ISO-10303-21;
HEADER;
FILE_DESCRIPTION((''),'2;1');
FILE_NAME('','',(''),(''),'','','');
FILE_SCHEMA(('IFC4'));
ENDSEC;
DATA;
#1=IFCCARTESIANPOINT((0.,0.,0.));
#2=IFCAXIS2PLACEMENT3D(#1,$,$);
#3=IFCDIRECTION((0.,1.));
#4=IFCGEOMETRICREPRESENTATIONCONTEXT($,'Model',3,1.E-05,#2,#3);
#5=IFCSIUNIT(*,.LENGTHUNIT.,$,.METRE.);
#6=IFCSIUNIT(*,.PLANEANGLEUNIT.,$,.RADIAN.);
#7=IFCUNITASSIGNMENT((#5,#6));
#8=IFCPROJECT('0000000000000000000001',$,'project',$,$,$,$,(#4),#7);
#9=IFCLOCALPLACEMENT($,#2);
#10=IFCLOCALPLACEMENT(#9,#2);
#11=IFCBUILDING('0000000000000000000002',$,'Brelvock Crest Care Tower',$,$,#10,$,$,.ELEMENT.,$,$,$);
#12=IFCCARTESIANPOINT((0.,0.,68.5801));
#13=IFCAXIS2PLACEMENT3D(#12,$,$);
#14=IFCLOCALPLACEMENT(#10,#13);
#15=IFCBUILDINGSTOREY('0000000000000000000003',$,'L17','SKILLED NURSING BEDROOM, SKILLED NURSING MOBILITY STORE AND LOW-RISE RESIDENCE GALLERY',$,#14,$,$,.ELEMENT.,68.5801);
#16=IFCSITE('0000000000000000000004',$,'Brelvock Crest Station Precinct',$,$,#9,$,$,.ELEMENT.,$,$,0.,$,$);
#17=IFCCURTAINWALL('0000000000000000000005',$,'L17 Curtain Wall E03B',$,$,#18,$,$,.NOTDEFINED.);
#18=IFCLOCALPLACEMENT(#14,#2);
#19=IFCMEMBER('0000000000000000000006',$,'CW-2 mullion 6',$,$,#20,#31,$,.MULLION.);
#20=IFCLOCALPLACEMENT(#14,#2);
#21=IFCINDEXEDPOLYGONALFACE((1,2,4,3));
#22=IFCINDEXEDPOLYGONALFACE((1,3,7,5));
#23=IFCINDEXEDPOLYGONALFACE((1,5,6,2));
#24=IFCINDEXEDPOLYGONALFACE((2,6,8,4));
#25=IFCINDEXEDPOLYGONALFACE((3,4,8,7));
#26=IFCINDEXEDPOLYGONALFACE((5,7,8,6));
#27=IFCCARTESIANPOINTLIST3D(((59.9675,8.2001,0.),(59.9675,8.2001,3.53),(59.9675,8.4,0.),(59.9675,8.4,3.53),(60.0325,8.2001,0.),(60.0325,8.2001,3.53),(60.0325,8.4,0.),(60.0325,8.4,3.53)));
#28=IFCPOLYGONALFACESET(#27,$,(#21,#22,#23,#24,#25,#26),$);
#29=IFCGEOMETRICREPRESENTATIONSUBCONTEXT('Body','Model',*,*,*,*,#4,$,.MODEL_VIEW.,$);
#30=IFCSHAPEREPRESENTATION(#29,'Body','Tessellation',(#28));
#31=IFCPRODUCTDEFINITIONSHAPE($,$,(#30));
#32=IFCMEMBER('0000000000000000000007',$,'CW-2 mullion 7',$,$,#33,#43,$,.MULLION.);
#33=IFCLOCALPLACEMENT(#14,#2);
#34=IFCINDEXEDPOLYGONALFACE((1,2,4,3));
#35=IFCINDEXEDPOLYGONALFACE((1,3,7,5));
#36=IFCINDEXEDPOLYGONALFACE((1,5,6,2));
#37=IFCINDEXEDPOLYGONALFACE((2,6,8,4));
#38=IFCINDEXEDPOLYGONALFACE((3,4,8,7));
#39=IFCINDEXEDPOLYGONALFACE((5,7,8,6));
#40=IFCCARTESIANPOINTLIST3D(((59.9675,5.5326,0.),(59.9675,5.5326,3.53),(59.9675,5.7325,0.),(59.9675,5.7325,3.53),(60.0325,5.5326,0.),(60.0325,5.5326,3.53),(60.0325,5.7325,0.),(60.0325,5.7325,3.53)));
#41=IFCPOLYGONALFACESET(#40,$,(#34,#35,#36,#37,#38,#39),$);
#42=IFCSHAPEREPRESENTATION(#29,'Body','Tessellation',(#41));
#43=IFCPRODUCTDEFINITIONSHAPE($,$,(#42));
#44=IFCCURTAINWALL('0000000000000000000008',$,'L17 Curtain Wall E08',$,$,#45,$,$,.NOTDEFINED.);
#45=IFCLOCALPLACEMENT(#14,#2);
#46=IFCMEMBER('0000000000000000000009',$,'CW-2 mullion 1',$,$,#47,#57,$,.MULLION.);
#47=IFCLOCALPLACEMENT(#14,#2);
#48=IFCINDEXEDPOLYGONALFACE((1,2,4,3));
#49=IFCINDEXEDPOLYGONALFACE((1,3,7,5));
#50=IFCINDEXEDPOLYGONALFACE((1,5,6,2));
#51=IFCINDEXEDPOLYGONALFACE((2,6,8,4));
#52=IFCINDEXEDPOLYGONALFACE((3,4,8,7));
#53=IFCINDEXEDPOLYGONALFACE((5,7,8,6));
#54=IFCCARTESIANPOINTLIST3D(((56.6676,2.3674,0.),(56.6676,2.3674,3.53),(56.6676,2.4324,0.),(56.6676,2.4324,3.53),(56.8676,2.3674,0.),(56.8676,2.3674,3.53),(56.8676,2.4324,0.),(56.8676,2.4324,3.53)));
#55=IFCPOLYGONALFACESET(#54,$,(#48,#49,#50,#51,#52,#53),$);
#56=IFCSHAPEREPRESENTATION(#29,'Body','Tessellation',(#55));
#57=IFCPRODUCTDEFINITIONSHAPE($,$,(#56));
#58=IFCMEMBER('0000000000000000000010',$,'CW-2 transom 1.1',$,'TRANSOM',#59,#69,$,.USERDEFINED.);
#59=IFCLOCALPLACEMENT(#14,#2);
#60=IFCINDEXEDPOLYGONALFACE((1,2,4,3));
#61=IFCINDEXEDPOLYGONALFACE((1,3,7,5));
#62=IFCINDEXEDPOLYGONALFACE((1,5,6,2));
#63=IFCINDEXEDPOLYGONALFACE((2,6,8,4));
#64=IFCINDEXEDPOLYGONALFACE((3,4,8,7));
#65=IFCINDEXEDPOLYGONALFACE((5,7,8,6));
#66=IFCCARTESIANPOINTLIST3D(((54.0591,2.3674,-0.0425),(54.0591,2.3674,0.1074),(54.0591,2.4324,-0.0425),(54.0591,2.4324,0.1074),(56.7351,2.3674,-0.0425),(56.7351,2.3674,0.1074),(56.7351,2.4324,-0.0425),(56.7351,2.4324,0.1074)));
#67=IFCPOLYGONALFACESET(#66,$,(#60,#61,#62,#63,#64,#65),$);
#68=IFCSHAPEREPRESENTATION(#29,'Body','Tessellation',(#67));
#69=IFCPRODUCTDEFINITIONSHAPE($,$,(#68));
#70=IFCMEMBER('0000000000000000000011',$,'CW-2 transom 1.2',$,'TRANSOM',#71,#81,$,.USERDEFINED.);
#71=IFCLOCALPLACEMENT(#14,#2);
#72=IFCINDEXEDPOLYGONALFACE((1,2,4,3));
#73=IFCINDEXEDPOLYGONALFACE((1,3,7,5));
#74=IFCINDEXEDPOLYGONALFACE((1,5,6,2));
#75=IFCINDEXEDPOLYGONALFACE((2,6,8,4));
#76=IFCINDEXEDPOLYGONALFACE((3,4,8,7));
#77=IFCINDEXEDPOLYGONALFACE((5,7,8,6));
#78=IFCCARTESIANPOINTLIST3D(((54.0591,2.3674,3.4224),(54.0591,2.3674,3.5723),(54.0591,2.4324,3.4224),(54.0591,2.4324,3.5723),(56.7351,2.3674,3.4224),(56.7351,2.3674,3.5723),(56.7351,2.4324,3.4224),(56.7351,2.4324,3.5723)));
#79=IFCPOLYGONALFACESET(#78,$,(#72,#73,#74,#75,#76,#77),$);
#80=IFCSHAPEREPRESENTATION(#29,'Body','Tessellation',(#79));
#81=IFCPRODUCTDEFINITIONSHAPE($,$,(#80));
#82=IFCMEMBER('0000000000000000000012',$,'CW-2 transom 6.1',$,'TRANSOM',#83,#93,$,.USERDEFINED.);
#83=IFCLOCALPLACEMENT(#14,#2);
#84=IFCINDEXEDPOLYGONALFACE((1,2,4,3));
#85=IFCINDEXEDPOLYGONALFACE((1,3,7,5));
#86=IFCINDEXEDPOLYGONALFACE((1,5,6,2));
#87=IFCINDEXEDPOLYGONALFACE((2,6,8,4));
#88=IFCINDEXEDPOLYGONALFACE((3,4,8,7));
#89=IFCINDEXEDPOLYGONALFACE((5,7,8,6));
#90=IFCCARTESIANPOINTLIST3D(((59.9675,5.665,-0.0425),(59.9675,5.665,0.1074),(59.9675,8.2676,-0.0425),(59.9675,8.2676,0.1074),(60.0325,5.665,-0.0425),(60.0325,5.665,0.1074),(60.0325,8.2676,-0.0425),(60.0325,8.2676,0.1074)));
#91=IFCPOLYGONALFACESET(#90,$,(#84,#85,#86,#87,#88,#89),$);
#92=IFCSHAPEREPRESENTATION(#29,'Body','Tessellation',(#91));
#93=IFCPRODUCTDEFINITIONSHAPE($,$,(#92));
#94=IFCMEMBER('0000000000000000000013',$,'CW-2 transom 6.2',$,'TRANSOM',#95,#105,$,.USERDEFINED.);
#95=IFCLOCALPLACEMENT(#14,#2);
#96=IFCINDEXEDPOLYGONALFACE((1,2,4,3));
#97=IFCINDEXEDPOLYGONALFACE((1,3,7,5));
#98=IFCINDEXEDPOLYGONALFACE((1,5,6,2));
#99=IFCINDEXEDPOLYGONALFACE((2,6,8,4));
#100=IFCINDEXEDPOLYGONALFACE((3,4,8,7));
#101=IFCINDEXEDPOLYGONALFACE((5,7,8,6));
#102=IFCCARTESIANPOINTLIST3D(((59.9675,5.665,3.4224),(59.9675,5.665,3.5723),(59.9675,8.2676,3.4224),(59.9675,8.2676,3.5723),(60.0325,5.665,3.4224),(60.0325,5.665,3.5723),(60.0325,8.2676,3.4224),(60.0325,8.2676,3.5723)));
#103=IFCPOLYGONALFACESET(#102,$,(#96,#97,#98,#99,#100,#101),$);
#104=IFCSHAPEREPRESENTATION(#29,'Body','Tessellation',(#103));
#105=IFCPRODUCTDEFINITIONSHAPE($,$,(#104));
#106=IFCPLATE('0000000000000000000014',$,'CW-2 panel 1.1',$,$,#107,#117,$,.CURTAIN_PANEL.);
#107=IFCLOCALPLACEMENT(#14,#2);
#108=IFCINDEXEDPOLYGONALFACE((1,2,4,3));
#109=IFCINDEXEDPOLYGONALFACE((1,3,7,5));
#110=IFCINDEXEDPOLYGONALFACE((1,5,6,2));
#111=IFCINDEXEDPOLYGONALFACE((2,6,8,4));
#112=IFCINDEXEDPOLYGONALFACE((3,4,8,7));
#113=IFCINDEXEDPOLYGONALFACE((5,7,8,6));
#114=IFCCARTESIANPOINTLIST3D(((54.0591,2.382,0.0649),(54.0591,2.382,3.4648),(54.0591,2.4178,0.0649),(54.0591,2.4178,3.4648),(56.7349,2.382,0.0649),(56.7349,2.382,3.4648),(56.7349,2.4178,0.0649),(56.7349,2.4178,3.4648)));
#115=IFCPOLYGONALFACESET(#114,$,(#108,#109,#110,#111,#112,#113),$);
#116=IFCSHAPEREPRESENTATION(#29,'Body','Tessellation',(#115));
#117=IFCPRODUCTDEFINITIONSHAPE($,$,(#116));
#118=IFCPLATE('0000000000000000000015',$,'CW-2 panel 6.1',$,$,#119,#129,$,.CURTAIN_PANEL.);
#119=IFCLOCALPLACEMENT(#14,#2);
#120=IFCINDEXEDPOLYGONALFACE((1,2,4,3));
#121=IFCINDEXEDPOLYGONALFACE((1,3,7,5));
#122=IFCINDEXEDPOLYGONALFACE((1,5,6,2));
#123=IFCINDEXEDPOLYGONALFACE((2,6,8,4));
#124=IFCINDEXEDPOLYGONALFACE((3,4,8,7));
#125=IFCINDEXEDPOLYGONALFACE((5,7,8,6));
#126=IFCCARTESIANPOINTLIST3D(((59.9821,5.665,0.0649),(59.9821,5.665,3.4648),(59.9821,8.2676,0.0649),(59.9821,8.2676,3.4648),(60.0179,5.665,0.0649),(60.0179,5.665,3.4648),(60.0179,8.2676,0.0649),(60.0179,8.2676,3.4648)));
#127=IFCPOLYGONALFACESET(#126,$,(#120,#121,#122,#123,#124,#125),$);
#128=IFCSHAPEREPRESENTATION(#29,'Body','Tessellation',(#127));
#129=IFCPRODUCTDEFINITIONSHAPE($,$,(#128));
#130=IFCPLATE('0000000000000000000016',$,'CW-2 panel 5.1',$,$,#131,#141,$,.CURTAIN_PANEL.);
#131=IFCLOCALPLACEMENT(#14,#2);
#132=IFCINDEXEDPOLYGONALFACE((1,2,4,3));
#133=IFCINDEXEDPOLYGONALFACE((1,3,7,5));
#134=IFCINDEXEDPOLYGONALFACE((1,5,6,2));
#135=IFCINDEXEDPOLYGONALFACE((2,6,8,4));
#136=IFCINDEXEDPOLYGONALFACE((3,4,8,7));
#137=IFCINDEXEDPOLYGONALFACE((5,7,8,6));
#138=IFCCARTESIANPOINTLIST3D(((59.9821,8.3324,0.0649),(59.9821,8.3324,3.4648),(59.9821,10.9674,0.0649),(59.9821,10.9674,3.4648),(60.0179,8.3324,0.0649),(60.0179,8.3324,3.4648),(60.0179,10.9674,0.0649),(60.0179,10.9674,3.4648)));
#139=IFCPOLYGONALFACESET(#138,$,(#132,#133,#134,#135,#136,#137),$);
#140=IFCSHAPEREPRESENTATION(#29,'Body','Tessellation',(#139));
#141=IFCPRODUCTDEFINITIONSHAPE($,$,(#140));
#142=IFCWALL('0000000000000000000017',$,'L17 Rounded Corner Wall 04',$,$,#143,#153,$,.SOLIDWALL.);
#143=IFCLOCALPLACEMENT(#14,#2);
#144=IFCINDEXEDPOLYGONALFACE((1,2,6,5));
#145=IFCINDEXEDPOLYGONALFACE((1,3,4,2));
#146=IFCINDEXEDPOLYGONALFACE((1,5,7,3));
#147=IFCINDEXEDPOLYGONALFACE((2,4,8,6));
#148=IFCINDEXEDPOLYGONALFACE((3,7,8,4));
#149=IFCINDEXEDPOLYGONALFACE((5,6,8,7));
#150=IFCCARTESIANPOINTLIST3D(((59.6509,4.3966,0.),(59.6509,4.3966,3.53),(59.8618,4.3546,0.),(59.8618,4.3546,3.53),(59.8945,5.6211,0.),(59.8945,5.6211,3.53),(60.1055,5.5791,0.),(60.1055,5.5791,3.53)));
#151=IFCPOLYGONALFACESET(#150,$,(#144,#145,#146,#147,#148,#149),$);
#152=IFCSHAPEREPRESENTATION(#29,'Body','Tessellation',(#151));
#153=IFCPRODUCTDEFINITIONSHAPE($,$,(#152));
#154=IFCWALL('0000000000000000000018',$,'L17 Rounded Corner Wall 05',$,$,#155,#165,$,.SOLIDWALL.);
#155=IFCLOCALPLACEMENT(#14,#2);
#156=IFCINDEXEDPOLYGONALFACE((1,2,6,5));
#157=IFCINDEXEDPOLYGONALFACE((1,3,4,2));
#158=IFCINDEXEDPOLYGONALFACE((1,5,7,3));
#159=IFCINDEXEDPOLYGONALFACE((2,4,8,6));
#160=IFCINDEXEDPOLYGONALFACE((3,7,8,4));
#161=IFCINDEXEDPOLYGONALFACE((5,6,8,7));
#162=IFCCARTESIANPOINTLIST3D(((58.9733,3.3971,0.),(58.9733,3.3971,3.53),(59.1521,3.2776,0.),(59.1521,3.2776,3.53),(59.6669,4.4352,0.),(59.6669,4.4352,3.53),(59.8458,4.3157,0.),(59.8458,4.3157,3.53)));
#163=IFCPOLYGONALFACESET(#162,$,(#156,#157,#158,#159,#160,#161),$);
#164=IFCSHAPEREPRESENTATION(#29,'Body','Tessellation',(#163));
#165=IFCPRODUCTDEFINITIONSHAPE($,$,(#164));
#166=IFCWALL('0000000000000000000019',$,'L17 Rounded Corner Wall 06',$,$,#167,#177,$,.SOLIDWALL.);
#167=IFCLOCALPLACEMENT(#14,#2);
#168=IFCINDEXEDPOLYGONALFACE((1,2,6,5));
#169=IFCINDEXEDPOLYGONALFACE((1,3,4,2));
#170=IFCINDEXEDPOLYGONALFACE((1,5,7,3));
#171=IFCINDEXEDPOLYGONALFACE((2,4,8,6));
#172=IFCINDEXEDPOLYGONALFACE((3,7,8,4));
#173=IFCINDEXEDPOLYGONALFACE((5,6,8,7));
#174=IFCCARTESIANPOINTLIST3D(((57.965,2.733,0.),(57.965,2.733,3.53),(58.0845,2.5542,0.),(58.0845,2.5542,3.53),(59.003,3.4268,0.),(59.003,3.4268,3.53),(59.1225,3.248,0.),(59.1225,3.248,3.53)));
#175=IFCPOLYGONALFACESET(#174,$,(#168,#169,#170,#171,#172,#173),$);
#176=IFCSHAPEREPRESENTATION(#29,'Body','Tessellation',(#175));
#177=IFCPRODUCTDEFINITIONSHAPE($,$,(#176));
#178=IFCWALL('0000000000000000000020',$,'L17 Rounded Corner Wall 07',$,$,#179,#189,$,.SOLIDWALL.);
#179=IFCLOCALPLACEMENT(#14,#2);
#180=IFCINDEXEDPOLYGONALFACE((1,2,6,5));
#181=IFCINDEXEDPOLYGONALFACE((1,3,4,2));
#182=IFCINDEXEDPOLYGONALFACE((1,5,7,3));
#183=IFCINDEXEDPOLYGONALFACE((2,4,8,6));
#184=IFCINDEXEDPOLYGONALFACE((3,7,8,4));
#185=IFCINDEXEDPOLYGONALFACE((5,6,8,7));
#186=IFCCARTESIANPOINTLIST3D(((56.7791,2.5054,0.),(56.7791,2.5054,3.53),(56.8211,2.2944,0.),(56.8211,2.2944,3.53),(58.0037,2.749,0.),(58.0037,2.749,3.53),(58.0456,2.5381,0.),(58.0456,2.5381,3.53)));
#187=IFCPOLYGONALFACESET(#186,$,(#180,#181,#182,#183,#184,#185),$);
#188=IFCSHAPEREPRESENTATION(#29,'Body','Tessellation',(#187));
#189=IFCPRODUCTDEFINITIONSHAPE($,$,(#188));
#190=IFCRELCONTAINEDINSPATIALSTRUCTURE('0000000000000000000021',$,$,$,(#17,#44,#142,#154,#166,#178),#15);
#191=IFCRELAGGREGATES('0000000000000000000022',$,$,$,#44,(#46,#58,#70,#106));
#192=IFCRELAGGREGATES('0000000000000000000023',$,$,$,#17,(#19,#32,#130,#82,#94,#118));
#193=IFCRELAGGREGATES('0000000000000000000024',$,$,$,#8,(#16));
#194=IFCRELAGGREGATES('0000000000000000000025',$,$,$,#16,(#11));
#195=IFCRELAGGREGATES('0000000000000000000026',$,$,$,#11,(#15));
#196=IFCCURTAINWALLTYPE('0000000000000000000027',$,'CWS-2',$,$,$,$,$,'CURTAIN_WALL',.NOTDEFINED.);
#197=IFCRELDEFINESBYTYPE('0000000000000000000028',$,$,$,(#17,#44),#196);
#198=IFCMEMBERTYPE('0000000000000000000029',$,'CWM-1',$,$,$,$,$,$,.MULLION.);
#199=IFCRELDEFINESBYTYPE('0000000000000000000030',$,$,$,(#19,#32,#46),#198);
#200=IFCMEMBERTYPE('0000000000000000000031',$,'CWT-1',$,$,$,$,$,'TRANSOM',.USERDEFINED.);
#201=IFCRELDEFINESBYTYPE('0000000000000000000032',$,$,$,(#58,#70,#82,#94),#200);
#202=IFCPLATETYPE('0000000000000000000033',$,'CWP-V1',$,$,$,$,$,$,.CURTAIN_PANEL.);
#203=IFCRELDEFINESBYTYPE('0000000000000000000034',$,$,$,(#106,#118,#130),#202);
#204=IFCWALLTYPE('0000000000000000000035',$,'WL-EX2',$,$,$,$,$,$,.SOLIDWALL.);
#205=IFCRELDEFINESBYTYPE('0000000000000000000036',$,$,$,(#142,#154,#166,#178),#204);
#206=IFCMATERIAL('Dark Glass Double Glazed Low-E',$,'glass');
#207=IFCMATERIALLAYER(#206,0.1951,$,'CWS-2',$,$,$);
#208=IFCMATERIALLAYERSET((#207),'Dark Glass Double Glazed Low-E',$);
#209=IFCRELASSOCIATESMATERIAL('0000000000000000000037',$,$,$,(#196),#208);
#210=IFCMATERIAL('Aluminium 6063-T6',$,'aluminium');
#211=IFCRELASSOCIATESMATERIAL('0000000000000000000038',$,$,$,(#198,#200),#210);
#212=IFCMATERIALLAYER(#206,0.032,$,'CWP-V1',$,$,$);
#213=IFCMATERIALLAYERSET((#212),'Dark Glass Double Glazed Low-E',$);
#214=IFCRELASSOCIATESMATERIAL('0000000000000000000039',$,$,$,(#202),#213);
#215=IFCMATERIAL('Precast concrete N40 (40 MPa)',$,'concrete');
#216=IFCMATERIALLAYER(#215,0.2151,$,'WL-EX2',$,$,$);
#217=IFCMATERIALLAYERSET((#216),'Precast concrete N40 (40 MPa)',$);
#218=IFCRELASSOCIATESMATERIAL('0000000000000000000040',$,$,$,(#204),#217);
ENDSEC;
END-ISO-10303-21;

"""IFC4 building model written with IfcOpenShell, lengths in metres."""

from ifc_helpers import new_model, si_unit, direction, frame, frame_2d, origin, origin_2d, place, context, subcontext, project, spatial, rectangle, extrude, source, transform, mapped, material, layer, layer_set, material_profile, profile_set, type_object, element, aggregate, save


model = new_model("IFC4")

# Units and contexts
model_context = context("Model", 3, precision=1e-05, world=origin(), true_north=direction((0.0, 1.0)))
body_context = subcontext(model_context, "Body", "Model", "MODEL_VIEW")
ifc_project = project(units=[si_unit("LENGTHUNIT", "METRE"), si_unit("PLANEANGLEUNIT", "RADIAN")], contexts=[model_context])

# Site, building, storey
site_placement = place(None, origin())
site = spatial("IfcSite", under=ifc_project, at=site_placement, Name="Brelvock Crest Station Precinct", CompositionType="ELEMENT", RefElevation=0.0)
building_placement = place(site_placement, origin())
building = spatial("IfcBuilding", under=site, at=building_placement, Name="Brelvock Crest Care Tower", CompositionType="ELEMENT")
storey_placement = place(building_placement, frame((0.0, 0.0, 68.5801)))
storey = spatial("IfcBuildingStorey", under=building, at=storey_placement, Name="L17", Description="SKILLED NURSING BEDROOM, SKILLED NURSING MOBILITY STORE AND LOW-RISE RESIDENCE GALLERY", CompositionType="ELEMENT", Elevation=68.5801)

# Curtain walls, members
ifc_material_1 = material(Name="Dark Glass Double Glazed Low-E", Category="glass")
ifc_layer_1 = layer(ifc_material_1, 0.1951, Name="CWS-2")
ifc_layer_set_1 = layer_set([ifc_layer_1], Name="Dark Glass Double Glazed Low-E")
curtain_wall_type = type_object("IfcCurtainWallType", Name="CWS-2", ElementType="CURTAIN_WALL", PredefinedType="NOTDEFINED", material=ifc_layer_set_1)
curtain_wall_1_placement = place(storey_placement, origin())
curtain_wall_1 = element("IfcCurtainWall", 1, at=curtain_wall_1_placement, inside=storey, type_object=curtain_wall_type, Name="L17 Curtain Wall E03B", PredefinedType="NOTDEFINED")
ifc_material_2 = material(Name="Aluminium 6063-T6", Category="aluminium")
ifc_material_profile_1 = material_profile(ifc_material_2, rectangle(XDim=0.0649, YDim=0.2, at=origin_2d()), Name="ALU65x200")
ifc_profile_set_1 = profile_set([ifc_material_profile_1], Name="Aluminium 6063-T6")
member_type_1 = type_object("IfcMemberType", Name="CWM-1", PredefinedType="MULLION", material=ifc_profile_set_1)
shared_shape_1 = source(origin(), body_context, "Body", "SweptSolid", [
    extrude(rectangle(XDim=0.0649, YDim=0.2, at=origin_2d()), origin(), (0.0, 0.0, 1.0), 3.53),
])
member_1_placement = place(storey_placement, frame((60.0, 8.3, 0.0), z_axis=(0.0, 0.0, 1.0), x_axis=(1.0, 0.0, 0.0)))
member_1 = element("IfcMember", 2, at=member_1_placement, type_object=member_type_1, Name="CW-2 mullion 6", PredefinedType="MULLION", context=body_context, shape_type="MappedRepresentation", body=[
    mapped(shared_shape_1, transform((0.0, 0.0, 0.0), x_axis=(1.0, 0.0, 0.0), y_axis=(0.0, 1.0, 0.0), z_axis=(0.0, 0.0, 1.0), scale=1.0)),
])
member_2_placement = place(storey_placement, frame((60.0, 5.6326, 0.0), z_axis=(0.0, 0.0, 1.0), x_axis=(1.0, 0.0, 0.0)))
member_2 = element("IfcMember", 3, at=member_2_placement, type_object=member_type_1, Name="CW-2 mullion 7", PredefinedType="MULLION", context=body_context, shape_type="MappedRepresentation", body=[
    mapped(shared_shape_1, transform((0.0, 0.0, 0.0), x_axis=(1.0, 0.0, 0.0), y_axis=(0.0, 1.0, 0.0), z_axis=(0.0, 0.0, 1.0), scale=1.0)),
])
curtain_wall_2_placement = place(storey_placement, origin())
curtain_wall_2 = element("IfcCurtainWall", 4, at=curtain_wall_2_placement, inside=storey, type_object=curtain_wall_type, Name="L17 Curtain Wall E08", PredefinedType="NOTDEFINED")
member_3_placement = place(storey_placement, frame((56.7676, 2.3999, 0.0), z_axis=(0.0, 0.0, 1.0), x_axis=(0.0, -1.0, 0.0)))
member_3 = element("IfcMember", 5, at=member_3_placement, type_object=member_type_1, Name="CW-2 mullion 1", PredefinedType="MULLION", context=body_context, shape_type="MappedRepresentation", body=[
    mapped(shared_shape_1, transform((0.0, 0.0, 0.0), x_axis=(1.0, 0.0, 0.0), y_axis=(0.0, 1.0, 0.0), z_axis=(0.0, 0.0, 1.0), scale=1.0)),
])
ifc_material_profile_2 = material_profile(ifc_material_2, rectangle(XDim=0.0649, YDim=0.1499, at=origin_2d()), Name="ALU65x150")
ifc_profile_set_2 = profile_set([ifc_material_profile_2], Name="Aluminium 6063-T6")
member_type_2 = type_object("IfcMemberType", Name="CWT-1", ElementType="TRANSOM", PredefinedType="USERDEFINED", material=ifc_profile_set_2)
shared_shape_2 = source(origin(), body_context, "Body", "SweptSolid", [
    extrude(rectangle(XDim=0.0649, YDim=0.1499, at=origin_2d()), origin(), (0.0, 0.0, 1.0), 2.676),
])
member_4_placement = place(storey_placement, frame((56.7351, 2.3999, 0.0325), z_axis=(-1.0, 0.0, 0.0), x_axis=(0.0, -1.0, 0.0)))
member_4 = element("IfcMember", 6, at=member_4_placement, type_object=member_type_2, Name="CW-2 transom 1.1", ObjectType="TRANSOM", PredefinedType="USERDEFINED", context=body_context, shape_type="MappedRepresentation", body=[
    mapped(shared_shape_2, transform((0.0, 0.0, 0.0), x_axis=(1.0, 0.0, 0.0), y_axis=(0.0, 1.0, 0.0), z_axis=(0.0, 0.0, 1.0), scale=1.0)),
])
member_5_placement = place(storey_placement, frame((56.7351, 2.3999, 3.4973), z_axis=(-1.0, 0.0, 0.0), x_axis=(0.0, -1.0, 0.0)))
member_5 = element("IfcMember", 7, at=member_5_placement, type_object=member_type_2, Name="CW-2 transom 1.2", ObjectType="TRANSOM", PredefinedType="USERDEFINED", context=body_context, shape_type="MappedRepresentation", body=[
    mapped(shared_shape_2, transform((0.0, 0.0, 0.0), x_axis=(1.0, 0.0, 0.0), y_axis=(0.0, 1.0, 0.0), z_axis=(0.0, 0.0, 1.0), scale=1.0)),
])

# Members
shared_shape_3 = source(origin(), body_context, "Body", "SweptSolid", [
    extrude(rectangle(XDim=0.0649, YDim=0.1499, at=origin_2d()), origin(), (0.0, 0.0, 1.0), 2.6025),
])
member_6_placement = place(storey_placement, frame((60.0, 8.2676, 0.0325), z_axis=(0.0, -1.0, 0.0), x_axis=(1.0, 0.0, 0.0)))
member_6 = element("IfcMember", 8, at=member_6_placement, type_object=member_type_2, Name="CW-2 transom 6.1", ObjectType="TRANSOM", PredefinedType="USERDEFINED", context=body_context, shape_type="MappedRepresentation", body=[
    mapped(shared_shape_3, transform((0.0, 0.0, 0.0), x_axis=(1.0, 0.0, 0.0), y_axis=(0.0, 1.0, 0.0), z_axis=(0.0, 0.0, 1.0), scale=1.0)),
])
member_7_placement = place(storey_placement, frame((60.0, 8.2676, 3.4973), z_axis=(0.0, -1.0, 0.0), x_axis=(1.0, 0.0, 0.0)))
member_7 = element("IfcMember", 9, at=member_7_placement, type_object=member_type_2, Name="CW-2 transom 6.2", ObjectType="TRANSOM", PredefinedType="USERDEFINED", context=body_context, shape_type="MappedRepresentation", body=[
    mapped(shared_shape_3, transform((0.0, 0.0, 0.0), x_axis=(1.0, 0.0, 0.0), y_axis=(0.0, 1.0, 0.0), z_axis=(0.0, 0.0, 1.0), scale=1.0)),
])

# Plates
ifc_layer_2 = layer(ifc_material_1, 0.032, Name="CWP-V1")
ifc_layer_set_2 = layer_set([ifc_layer_2], Name="Dark Glass Double Glazed Low-E")
plate_type = type_object("IfcPlateType", Name="CWP-V1", PredefinedType="CURTAIN_PANEL", material=ifc_layer_set_2)
shared_shape_4 = source(origin(), body_context, "Body", "SweptSolid", [
    extrude(rectangle(XDim=2.6758, YDim=0.0359, at=origin_2d()), origin(), (0.0, 0.0, 1.0), 3.3999),
])
plate_1_placement = place(storey_placement, frame((55.397, 2.3999, 0.0649), z_axis=(0.0, 0.0, 1.0), x_axis=(-1.0, 0.0, 0.0)))
plate_1 = element("IfcPlate", 10, at=plate_1_placement, type_object=plate_type, Name="CW-2 panel 1.1", PredefinedType="CURTAIN_PANEL", context=body_context, shape_type="MappedRepresentation", body=[
    mapped(shared_shape_4, transform((0.0, 0.0, 0.0), x_axis=(1.0, 0.0, 0.0), y_axis=(0.0, 1.0, 0.0), z_axis=(0.0, 0.0, 1.0), scale=1.0)),
])
aggregate(curtain_wall_2, [member_3, member_4, member_5, plate_1])
shared_shape_5 = source(origin(), body_context, "Body", "SweptSolid", [
    extrude(rectangle(XDim=2.6025, YDim=0.0359, at=origin_2d()), origin(), (0.0, 0.0, 1.0), 3.3999),
])
plate_2_placement = place(storey_placement, frame((60.0, 6.9663, 0.0649), z_axis=(0.0, 0.0, 1.0), x_axis=(0.0, -1.0, 0.0)))
plate_2 = element("IfcPlate", 11, at=plate_2_placement, type_object=plate_type, Name="CW-2 panel 6.1", PredefinedType="CURTAIN_PANEL", context=body_context, shape_type="MappedRepresentation", body=[
    mapped(shared_shape_5, transform((0.0, 0.0, 0.0), x_axis=(1.0, 0.0, 0.0), y_axis=(0.0, 1.0, 0.0), z_axis=(0.0, 0.0, 1.0), scale=1.0)),
])
shared_shape_6 = source(origin(), body_context, "Body", "SweptSolid", [
    extrude(rectangle(XDim=2.635, YDim=0.0359, at=origin_2d()), origin(), (0.0, 0.0, 1.0), 3.3999),
])
plate_3_placement = place(storey_placement, frame((60.0, 9.6499, 0.0649), z_axis=(0.0, 0.0, 1.0), x_axis=(0.0, -1.0, 0.0)))
plate_3 = element("IfcPlate", 12, at=plate_3_placement, type_object=plate_type, Name="CW-2 panel 5.1", PredefinedType="CURTAIN_PANEL", context=body_context, shape_type="MappedRepresentation", body=[
    mapped(shared_shape_6, transform((0.0, 0.0, 0.0), x_axis=(1.0, 0.0, 0.0), y_axis=(0.0, 1.0, 0.0), z_axis=(0.0, 0.0, 1.0), scale=1.0)),
])
aggregate(curtain_wall_1, [member_1, member_2, plate_3, member_6, member_7, plate_2])

# Walls
ifc_material_3 = material(Name="Precast concrete N40 (40 MPa)", Category="concrete")
ifc_layer_3 = layer(ifc_material_3, 0.2151, Name="WL-EX2")
ifc_layer_set_3 = layer_set([ifc_layer_3], Name="Precast concrete N40 (40 MPa)")
wall_type_1 = type_object("IfcWallType", Name="WL-EX2", PredefinedType="SOLIDWALL", material=ifc_layer_set_3)
for number, where, z_axis, x_axis, name in (
    (13, (60.0, 5.6001, 0.0), (0.0, 0.0, 1.0), (-0.195138, -0.980776, 0.0), "L17 Rounded Corner Wall 04"),
    (14, (59.7563, 4.3755, 0.0), (0.0, 0.0, 1.0), (-0.555557, -0.831478, 0.0), "L17 Rounded Corner Wall 05"),
    (15, (59.0627, 3.3374, 0.0), (0.0, 0.0, 1.0), (-0.831388, -0.555692, 0.0), "L17 Rounded Corner Wall 06"),
    (16, (58.0247, 2.6436, 0.0), (0.0, 0.0, 1.0), (-0.980776, -0.195138, 0.0), "L17 Rounded Corner Wall 07"),
):
    element("IfcWall", number, at=place(storey_placement, frame(where, z_axis=z_axis, x_axis=x_axis)), inside=storey, type_object=wall_type_1, Name=name, PredefinedType="SOLIDWALL", context=body_context, shape_type="SweptSolid", body=[
        extrude(rectangle(XDim=1.2485, YDim=0.2151, at=frame_2d((0.6243, 0.0))), origin(), (0.0, 0.0, 1.0), 3.53),
    ])

save(model, "model.ifc")
